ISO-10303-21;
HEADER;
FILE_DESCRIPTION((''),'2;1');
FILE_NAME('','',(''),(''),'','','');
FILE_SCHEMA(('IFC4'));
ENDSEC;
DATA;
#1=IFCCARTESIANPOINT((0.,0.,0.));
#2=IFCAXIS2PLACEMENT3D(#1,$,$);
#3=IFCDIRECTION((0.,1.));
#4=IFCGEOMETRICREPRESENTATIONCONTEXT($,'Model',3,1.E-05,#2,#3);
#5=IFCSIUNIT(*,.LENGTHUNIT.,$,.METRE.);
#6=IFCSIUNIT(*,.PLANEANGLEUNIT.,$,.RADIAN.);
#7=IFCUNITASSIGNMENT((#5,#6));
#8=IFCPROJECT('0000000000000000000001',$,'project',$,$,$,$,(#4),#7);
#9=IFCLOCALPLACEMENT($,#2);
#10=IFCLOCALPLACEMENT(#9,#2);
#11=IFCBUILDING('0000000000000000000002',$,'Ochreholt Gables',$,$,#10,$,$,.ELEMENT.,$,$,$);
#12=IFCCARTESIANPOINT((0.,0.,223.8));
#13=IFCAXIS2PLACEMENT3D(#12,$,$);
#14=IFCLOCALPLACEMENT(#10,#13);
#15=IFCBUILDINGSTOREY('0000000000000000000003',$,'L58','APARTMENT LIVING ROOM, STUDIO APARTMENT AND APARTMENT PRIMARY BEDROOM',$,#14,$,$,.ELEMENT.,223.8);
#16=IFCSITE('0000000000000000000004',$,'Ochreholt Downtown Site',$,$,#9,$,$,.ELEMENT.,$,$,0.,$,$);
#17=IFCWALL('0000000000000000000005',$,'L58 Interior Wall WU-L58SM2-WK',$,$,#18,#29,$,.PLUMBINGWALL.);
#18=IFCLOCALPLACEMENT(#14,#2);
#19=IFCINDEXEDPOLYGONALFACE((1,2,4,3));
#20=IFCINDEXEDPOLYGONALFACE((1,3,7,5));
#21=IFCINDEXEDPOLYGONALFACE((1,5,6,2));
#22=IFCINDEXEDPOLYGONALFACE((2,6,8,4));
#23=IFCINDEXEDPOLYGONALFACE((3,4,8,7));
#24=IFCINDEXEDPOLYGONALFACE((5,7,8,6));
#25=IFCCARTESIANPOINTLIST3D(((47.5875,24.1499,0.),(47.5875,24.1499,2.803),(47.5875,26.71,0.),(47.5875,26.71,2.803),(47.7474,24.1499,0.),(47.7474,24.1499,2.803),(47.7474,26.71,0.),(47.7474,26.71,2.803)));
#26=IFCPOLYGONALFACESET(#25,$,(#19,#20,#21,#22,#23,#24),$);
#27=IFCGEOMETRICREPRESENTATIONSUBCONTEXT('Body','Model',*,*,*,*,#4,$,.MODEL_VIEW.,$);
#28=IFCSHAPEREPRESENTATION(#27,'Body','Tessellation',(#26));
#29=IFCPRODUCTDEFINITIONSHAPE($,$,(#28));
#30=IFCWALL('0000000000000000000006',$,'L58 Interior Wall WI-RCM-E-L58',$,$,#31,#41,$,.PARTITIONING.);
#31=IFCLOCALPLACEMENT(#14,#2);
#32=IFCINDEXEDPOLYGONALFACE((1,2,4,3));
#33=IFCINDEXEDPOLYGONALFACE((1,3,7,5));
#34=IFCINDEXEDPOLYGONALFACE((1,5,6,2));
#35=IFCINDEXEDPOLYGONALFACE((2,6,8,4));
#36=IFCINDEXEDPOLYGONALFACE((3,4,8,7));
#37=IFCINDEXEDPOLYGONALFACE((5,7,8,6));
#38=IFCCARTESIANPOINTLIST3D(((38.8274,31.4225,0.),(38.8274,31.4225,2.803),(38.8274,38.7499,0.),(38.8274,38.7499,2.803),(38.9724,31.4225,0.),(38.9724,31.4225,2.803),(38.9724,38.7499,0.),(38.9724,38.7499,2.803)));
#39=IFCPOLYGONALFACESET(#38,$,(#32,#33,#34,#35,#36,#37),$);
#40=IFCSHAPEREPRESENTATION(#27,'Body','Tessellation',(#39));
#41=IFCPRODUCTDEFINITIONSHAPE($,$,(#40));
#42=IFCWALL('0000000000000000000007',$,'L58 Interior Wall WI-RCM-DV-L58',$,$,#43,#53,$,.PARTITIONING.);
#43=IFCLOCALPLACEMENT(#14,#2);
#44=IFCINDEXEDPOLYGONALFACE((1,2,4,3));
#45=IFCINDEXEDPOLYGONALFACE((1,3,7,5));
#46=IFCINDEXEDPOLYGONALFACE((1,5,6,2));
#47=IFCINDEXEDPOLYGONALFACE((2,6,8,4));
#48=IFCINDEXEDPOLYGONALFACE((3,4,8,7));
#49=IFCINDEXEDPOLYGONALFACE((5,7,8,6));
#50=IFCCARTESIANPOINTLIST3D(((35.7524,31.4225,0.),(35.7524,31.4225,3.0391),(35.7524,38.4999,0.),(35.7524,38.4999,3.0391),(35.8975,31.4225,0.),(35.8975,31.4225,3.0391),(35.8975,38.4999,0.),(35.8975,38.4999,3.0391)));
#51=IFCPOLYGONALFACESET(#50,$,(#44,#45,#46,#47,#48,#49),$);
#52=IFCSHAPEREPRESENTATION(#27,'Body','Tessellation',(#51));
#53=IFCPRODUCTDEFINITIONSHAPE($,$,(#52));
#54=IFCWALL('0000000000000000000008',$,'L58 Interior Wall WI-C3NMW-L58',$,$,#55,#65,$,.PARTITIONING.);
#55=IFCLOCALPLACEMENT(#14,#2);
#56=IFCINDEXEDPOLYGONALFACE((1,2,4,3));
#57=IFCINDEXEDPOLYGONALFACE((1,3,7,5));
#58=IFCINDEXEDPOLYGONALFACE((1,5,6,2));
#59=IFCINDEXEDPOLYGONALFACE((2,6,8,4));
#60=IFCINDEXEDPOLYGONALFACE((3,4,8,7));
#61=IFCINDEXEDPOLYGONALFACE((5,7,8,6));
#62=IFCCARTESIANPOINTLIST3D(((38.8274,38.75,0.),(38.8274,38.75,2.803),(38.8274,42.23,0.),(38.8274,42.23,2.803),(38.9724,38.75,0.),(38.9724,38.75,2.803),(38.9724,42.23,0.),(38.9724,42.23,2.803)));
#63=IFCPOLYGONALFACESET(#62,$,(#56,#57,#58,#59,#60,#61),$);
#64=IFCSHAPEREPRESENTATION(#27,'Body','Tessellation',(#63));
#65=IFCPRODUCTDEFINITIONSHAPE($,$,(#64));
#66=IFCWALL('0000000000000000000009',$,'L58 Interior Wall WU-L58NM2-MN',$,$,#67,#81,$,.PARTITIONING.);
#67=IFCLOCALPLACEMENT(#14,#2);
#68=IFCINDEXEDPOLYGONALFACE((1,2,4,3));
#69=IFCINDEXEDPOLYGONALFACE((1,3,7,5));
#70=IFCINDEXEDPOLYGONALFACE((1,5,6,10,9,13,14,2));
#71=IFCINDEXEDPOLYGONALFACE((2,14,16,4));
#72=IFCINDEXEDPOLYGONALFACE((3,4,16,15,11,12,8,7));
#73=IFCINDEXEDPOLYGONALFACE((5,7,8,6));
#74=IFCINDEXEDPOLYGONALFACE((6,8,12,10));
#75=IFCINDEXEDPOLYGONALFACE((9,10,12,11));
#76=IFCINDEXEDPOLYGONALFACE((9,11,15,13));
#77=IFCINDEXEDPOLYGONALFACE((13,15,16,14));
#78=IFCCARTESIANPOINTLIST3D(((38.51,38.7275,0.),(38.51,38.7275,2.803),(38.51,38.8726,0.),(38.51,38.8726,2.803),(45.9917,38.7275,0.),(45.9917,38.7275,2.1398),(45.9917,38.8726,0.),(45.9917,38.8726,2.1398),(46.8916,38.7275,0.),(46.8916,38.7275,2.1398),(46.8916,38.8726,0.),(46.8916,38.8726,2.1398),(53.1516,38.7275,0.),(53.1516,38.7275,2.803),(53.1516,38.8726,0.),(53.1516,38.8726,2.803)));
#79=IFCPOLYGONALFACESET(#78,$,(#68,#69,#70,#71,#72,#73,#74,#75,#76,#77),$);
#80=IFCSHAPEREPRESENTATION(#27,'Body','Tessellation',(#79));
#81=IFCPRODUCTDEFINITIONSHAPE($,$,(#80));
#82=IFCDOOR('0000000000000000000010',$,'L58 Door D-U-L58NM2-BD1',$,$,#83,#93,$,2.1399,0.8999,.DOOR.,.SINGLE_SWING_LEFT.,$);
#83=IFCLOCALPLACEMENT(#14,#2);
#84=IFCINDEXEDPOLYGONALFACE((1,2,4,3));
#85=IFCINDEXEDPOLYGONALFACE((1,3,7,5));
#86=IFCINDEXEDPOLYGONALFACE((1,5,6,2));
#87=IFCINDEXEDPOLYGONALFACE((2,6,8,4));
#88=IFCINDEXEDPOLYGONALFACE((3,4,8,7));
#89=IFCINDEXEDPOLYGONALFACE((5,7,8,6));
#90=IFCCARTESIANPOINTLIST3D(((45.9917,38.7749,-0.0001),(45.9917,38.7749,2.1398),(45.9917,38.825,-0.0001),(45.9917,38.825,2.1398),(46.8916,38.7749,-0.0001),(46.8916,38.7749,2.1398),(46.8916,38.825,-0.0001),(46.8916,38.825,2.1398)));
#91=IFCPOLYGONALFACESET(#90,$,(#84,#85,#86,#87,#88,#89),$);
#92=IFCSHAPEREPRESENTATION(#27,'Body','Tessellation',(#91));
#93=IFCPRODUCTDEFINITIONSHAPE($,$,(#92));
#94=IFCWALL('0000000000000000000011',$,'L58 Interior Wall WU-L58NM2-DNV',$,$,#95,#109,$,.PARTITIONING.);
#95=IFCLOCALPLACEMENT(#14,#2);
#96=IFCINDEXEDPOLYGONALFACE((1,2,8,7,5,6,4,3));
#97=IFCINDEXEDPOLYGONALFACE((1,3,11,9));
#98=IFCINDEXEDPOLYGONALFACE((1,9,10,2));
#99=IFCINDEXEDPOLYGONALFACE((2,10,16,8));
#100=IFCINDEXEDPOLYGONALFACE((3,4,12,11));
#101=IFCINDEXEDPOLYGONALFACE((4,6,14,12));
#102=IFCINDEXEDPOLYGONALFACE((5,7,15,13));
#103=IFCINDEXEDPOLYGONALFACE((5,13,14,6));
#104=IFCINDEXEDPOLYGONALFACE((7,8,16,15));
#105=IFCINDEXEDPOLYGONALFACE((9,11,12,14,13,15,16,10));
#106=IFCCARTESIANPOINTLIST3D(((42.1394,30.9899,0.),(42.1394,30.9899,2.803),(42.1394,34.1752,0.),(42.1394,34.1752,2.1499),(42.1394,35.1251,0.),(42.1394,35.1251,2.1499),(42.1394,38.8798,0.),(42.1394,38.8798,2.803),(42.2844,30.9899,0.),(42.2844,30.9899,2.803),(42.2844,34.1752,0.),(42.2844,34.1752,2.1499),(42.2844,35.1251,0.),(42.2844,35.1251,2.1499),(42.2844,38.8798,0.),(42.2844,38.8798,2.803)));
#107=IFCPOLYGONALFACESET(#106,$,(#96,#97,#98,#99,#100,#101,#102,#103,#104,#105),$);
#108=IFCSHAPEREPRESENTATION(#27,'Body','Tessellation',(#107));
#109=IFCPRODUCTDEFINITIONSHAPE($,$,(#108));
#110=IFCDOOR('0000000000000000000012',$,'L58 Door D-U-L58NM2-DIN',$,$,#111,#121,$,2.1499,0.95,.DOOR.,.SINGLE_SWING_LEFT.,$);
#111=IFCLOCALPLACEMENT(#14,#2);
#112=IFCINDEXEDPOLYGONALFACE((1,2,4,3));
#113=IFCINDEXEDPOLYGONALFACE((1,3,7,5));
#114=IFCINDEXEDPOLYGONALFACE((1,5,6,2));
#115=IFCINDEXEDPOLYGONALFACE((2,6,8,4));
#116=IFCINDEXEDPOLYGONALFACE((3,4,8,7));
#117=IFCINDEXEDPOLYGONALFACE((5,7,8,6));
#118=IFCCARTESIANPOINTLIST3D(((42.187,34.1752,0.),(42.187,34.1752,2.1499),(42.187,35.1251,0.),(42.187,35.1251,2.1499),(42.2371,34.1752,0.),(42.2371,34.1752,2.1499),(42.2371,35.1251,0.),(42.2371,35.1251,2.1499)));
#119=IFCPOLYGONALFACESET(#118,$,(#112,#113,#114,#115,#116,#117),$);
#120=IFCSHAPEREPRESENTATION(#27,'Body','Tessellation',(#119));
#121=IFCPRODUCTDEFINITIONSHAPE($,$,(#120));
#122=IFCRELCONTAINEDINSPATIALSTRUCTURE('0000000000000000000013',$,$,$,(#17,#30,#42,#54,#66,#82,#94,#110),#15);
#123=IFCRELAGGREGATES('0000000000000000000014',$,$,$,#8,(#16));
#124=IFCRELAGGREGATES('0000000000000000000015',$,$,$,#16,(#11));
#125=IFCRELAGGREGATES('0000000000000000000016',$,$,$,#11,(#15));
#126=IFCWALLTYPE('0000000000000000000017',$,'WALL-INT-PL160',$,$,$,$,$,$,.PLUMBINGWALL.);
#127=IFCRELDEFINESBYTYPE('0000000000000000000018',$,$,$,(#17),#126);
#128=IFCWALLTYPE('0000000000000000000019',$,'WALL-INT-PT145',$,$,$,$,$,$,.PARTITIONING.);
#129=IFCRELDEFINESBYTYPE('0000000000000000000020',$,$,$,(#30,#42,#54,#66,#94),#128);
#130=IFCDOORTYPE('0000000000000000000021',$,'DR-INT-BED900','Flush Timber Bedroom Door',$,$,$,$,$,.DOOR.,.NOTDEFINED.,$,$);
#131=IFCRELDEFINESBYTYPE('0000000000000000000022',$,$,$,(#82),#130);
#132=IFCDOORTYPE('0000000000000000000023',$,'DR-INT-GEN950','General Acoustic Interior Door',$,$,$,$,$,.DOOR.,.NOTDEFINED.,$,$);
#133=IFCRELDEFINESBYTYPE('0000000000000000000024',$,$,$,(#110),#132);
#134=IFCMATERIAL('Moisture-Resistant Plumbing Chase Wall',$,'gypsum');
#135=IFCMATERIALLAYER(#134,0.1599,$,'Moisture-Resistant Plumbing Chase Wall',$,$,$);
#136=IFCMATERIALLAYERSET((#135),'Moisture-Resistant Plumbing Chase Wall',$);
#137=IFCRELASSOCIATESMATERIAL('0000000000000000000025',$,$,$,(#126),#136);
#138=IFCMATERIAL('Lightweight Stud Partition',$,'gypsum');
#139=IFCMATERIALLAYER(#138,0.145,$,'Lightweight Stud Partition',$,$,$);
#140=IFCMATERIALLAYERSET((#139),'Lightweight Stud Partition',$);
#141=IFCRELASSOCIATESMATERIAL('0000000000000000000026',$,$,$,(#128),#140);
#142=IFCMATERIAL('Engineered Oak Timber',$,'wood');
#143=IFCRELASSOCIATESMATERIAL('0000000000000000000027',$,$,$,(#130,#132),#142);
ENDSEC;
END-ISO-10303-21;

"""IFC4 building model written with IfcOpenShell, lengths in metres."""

from ifc_helpers import new_model, si_unit, direction, frame, frame_2d, origin, place, context, subcontext, project, spatial, rectangle, extrude, material, layer, layer_set, type_object, element, fill, save


model = new_model("IFC4")

# Units and contexts
model_context = context("Model", 3, precision=1e-05, world=origin(), true_north=direction((0.0, 1.0)))
body_context = subcontext(model_context, "Body", "Model", "MODEL_VIEW")
ifc_project = project(units=[si_unit("LENGTHUNIT", "METRE"), si_unit("PLANEANGLEUNIT", "RADIAN")], contexts=[model_context])

# Site, building, storey
site_placement = place(None, origin())
site = spatial("IfcSite", under=ifc_project, at=site_placement, Name="Ochreholt Downtown Site", CompositionType="ELEMENT", RefElevation=0.0)
building_placement = place(site_placement, origin())
building = spatial("IfcBuilding", under=site, at=building_placement, Name="Ochreholt Gables", CompositionType="ELEMENT")
storey_placement = place(building_placement, frame((0.0, 0.0, 223.8)))
storey = spatial("IfcBuildingStorey", under=building, at=storey_placement, Name="L58", Description="APARTMENT LIVING ROOM, STUDIO APARTMENT AND APARTMENT PRIMARY BEDROOM", CompositionType="ELEMENT", Elevation=223.8)

# Shared definitions
ifc_material_1 = material(Name="Engineered Oak Timber", Category="wood")

# Shared definitions
ifc_material_2 = material(Name="Moisture-Resistant Plumbing Chase Wall", Category="gypsum")
ifc_layer_1 = layer(ifc_material_2, 0.1599, Name="Moisture-Resistant Plumbing Chase Wall")
ifc_layer_set_1 = layer_set([ifc_layer_1], Name="Moisture-Resistant Plumbing Chase Wall")
wall_type_1 = type_object("IfcWallType", Name="WALL-INT-PL160", PredefinedType="PLUMBINGWALL", material=ifc_layer_set_1)

# Walls
wall_1_placement = place(storey_placement, frame((47.6675, 24.1499, 0.0), z_axis=(0.0, 0.0, 1.0), x_axis=(0.0, 1.0, 0.0)))
element("IfcWall", 1, at=wall_1_placement, inside=storey, type_object=wall_type_1, Name="L58 Interior Wall WU-L58SM2-WK", PredefinedType="PLUMBINGWALL", context=body_context, shape_type="SweptSolid", body=[
    extrude(rectangle(XDim=2.5601, YDim=0.1599, at=frame_2d((1.28, 0.0))), origin(), (0.0, 0.0, 1.0), 2.803),
])
ifc_material_3 = material(Name="Lightweight Stud Partition", Category="gypsum")
ifc_layer_2 = layer(ifc_material_3, 0.145, Name="Lightweight Stud Partition")
ifc_layer_set_2 = layer_set([ifc_layer_2], Name="Lightweight Stud Partition")
wall_type_2 = type_object("IfcWallType", Name="WALL-INT-PT145", PredefinedType="PARTITIONING", material=ifc_layer_set_2)
wall_2_placement = place(storey_placement, frame((38.8999, 31.4226, 0.0), z_axis=(0.0, 0.0, 1.0), x_axis=(0.0, 1.0, 0.0)))
element("IfcWall", 2, at=wall_2_placement, inside=storey, type_object=wall_type_2, Name="L58 Interior Wall WI-RCM-E-L58", PredefinedType="PARTITIONING", context=body_context, shape_type="SweptSolid", body=[
    extrude(rectangle(XDim=7.3274, YDim=0.145, at=frame_2d((3.6636, 0.0))), origin(), (0.0, 0.0, 1.0), 2.803),
])
wall_3_placement = place(storey_placement, frame((35.825, 31.4226, 0.0), z_axis=(0.0, 0.0, 1.0), x_axis=(0.0, 1.0, 0.0)))
element("IfcWall", 3, at=wall_3_placement, inside=storey, type_object=wall_type_2, Name="L58 Interior Wall WI-RCM-DV-L58", PredefinedType="PARTITIONING", context=body_context, shape_type="SweptSolid", body=[
    extrude(rectangle(XDim=7.0774, YDim=0.145, at=frame_2d((3.5386, 0.0))), origin(), (0.0, 0.0, 1.0), 3.0391),
])
wall_4_placement = place(storey_placement, frame((38.8999, 38.75, 0.0), z_axis=(0.0, 0.0, 1.0), x_axis=(0.0, 1.0, 0.0)))
element("IfcWall", 4, at=wall_4_placement, inside=storey, type_object=wall_type_2, Name="L58 Interior Wall WI-C3NMW-L58", PredefinedType="PARTITIONING", context=body_context, shape_type="SweptSolid", body=[
    extrude(rectangle(XDim=3.48, YDim=0.145, at=frame_2d((1.74, 0.0))), origin(), (0.0, 0.0, 1.0), 2.803),
])

# Walls, openings, doors
wall_5_placement = place(storey_placement, frame((38.51, 38.8, 0.0), z_axis=(0.0, 0.0, 1.0), x_axis=(1.0, 0.0, 0.0)))
wall_5 = element("IfcWall", 5, at=wall_5_placement, inside=storey, type_object=wall_type_2, Name="L58 Interior Wall WU-L58NM2-MN", PredefinedType="PARTITIONING", context=body_context, shape_type="SweptSolid", body=[
    extrude(rectangle(XDim=14.6416, YDim=0.145, at=frame_2d((7.3208, 0.0))), origin(), (0.0, 0.0, 1.0), 2.803),
])
opening_1_placement = place(wall_5_placement, frame((7.4817, 0.0, 0.0)))
opening_1 = element("IfcOpeningElement", 6, at=opening_1_placement, cuts=wall_5, PredefinedType="OPENING", context=body_context, shape_type="SweptSolid", body=[
    extrude(rectangle(XDim=0.8999, YDim=2.1399, at=frame_2d((0.45, 1.0698))), frame((0.0, 0.0825, 0.0), z_axis=(0.0, -1.0, 0.0), x_axis=(1.0, 0.0, 0.0)), (0.0, 0.0, 1.0), 0.165),
])
door_type_1 = type_object("IfcDoorType", Name="DR-INT-BED900", Description="Flush Timber Bedroom Door", OperationType="NOTDEFINED", PredefinedType="DOOR", material=ifc_material_1)
door_1_placement = place(opening_1_placement, origin())
door_1 = element("IfcDoor", 7, at=door_1_placement, inside=storey, type_object=door_type_1, Name="L58 Door D-U-L58NM2-BD1", OperationType="SINGLE_SWING_LEFT", OverallHeight=2.1399, OverallWidth=0.8999, PredefinedType="DOOR", context=body_context, shape_type="SweptSolid", body=[
    extrude(rectangle(XDim=0.8999, YDim=2.1399, at=frame_2d((0.45, 1.0698))), frame((0.0, 0.0249, 0.0), z_axis=(0.0, -1.0, 0.0), x_axis=(1.0, 0.0, 0.0)), (0.0, 0.0, 1.0), 0.05),
])
fill(opening_1, door_1)
wall_6_placement = place(storey_placement, frame((42.2119, 30.99, 0.0), z_axis=(0.0, 0.0, 1.0), x_axis=(0.0, 1.0, 0.0)))
wall_6 = element("IfcWall", 8, at=wall_6_placement, inside=storey, type_object=wall_type_2, Name="L58 Interior Wall WU-L58NM2-DNV", PredefinedType="PARTITIONING", context=body_context, shape_type="SweptSolid", body=[
    extrude(rectangle(XDim=7.8899, YDim=0.145, at=frame_2d((3.9448, 0.0))), origin(), (0.0, 0.0, 1.0), 2.803),
])
opening_2_placement = place(wall_6_placement, frame((3.1851, 0.0, 0.0)))
opening_2 = element("IfcOpeningElement", 9, at=opening_2_placement, cuts=wall_6, PredefinedType="OPENING", context=body_context, shape_type="SweptSolid", body=[
    extrude(rectangle(XDim=0.95, YDim=2.1499, at=frame_2d((0.4751, 1.075))), frame((0.0, 0.0825, 0.0), z_axis=(0.0, -1.0, 0.0), x_axis=(1.0, 0.0, 0.0)), (0.0, 0.0, 1.0), 0.165),
])
door_type_2 = type_object("IfcDoorType", Name="DR-INT-GEN950", Description="General Acoustic Interior Door", OperationType="NOTDEFINED", PredefinedType="DOOR", material=ifc_material_1)
door_2_placement = place(opening_2_placement, origin())
door_2 = element("IfcDoor", 10, at=door_2_placement, inside=storey, type_object=door_type_2, Name="L58 Door D-U-L58NM2-DIN", OperationType="SINGLE_SWING_LEFT", OverallHeight=2.1499, OverallWidth=0.95, PredefinedType="DOOR", context=body_context, shape_type="SweptSolid", body=[
    extrude(rectangle(XDim=0.95, YDim=2.1499, at=frame_2d((0.4751, 1.075))), frame((0.0, 0.0249, 0.0), z_axis=(0.0, -1.0, 0.0), x_axis=(1.0, 0.0, 0.0)), (0.0, 0.0, 1.0), 0.05),
])
fill(opening_2, door_2)

save(model, "model.ifc")
